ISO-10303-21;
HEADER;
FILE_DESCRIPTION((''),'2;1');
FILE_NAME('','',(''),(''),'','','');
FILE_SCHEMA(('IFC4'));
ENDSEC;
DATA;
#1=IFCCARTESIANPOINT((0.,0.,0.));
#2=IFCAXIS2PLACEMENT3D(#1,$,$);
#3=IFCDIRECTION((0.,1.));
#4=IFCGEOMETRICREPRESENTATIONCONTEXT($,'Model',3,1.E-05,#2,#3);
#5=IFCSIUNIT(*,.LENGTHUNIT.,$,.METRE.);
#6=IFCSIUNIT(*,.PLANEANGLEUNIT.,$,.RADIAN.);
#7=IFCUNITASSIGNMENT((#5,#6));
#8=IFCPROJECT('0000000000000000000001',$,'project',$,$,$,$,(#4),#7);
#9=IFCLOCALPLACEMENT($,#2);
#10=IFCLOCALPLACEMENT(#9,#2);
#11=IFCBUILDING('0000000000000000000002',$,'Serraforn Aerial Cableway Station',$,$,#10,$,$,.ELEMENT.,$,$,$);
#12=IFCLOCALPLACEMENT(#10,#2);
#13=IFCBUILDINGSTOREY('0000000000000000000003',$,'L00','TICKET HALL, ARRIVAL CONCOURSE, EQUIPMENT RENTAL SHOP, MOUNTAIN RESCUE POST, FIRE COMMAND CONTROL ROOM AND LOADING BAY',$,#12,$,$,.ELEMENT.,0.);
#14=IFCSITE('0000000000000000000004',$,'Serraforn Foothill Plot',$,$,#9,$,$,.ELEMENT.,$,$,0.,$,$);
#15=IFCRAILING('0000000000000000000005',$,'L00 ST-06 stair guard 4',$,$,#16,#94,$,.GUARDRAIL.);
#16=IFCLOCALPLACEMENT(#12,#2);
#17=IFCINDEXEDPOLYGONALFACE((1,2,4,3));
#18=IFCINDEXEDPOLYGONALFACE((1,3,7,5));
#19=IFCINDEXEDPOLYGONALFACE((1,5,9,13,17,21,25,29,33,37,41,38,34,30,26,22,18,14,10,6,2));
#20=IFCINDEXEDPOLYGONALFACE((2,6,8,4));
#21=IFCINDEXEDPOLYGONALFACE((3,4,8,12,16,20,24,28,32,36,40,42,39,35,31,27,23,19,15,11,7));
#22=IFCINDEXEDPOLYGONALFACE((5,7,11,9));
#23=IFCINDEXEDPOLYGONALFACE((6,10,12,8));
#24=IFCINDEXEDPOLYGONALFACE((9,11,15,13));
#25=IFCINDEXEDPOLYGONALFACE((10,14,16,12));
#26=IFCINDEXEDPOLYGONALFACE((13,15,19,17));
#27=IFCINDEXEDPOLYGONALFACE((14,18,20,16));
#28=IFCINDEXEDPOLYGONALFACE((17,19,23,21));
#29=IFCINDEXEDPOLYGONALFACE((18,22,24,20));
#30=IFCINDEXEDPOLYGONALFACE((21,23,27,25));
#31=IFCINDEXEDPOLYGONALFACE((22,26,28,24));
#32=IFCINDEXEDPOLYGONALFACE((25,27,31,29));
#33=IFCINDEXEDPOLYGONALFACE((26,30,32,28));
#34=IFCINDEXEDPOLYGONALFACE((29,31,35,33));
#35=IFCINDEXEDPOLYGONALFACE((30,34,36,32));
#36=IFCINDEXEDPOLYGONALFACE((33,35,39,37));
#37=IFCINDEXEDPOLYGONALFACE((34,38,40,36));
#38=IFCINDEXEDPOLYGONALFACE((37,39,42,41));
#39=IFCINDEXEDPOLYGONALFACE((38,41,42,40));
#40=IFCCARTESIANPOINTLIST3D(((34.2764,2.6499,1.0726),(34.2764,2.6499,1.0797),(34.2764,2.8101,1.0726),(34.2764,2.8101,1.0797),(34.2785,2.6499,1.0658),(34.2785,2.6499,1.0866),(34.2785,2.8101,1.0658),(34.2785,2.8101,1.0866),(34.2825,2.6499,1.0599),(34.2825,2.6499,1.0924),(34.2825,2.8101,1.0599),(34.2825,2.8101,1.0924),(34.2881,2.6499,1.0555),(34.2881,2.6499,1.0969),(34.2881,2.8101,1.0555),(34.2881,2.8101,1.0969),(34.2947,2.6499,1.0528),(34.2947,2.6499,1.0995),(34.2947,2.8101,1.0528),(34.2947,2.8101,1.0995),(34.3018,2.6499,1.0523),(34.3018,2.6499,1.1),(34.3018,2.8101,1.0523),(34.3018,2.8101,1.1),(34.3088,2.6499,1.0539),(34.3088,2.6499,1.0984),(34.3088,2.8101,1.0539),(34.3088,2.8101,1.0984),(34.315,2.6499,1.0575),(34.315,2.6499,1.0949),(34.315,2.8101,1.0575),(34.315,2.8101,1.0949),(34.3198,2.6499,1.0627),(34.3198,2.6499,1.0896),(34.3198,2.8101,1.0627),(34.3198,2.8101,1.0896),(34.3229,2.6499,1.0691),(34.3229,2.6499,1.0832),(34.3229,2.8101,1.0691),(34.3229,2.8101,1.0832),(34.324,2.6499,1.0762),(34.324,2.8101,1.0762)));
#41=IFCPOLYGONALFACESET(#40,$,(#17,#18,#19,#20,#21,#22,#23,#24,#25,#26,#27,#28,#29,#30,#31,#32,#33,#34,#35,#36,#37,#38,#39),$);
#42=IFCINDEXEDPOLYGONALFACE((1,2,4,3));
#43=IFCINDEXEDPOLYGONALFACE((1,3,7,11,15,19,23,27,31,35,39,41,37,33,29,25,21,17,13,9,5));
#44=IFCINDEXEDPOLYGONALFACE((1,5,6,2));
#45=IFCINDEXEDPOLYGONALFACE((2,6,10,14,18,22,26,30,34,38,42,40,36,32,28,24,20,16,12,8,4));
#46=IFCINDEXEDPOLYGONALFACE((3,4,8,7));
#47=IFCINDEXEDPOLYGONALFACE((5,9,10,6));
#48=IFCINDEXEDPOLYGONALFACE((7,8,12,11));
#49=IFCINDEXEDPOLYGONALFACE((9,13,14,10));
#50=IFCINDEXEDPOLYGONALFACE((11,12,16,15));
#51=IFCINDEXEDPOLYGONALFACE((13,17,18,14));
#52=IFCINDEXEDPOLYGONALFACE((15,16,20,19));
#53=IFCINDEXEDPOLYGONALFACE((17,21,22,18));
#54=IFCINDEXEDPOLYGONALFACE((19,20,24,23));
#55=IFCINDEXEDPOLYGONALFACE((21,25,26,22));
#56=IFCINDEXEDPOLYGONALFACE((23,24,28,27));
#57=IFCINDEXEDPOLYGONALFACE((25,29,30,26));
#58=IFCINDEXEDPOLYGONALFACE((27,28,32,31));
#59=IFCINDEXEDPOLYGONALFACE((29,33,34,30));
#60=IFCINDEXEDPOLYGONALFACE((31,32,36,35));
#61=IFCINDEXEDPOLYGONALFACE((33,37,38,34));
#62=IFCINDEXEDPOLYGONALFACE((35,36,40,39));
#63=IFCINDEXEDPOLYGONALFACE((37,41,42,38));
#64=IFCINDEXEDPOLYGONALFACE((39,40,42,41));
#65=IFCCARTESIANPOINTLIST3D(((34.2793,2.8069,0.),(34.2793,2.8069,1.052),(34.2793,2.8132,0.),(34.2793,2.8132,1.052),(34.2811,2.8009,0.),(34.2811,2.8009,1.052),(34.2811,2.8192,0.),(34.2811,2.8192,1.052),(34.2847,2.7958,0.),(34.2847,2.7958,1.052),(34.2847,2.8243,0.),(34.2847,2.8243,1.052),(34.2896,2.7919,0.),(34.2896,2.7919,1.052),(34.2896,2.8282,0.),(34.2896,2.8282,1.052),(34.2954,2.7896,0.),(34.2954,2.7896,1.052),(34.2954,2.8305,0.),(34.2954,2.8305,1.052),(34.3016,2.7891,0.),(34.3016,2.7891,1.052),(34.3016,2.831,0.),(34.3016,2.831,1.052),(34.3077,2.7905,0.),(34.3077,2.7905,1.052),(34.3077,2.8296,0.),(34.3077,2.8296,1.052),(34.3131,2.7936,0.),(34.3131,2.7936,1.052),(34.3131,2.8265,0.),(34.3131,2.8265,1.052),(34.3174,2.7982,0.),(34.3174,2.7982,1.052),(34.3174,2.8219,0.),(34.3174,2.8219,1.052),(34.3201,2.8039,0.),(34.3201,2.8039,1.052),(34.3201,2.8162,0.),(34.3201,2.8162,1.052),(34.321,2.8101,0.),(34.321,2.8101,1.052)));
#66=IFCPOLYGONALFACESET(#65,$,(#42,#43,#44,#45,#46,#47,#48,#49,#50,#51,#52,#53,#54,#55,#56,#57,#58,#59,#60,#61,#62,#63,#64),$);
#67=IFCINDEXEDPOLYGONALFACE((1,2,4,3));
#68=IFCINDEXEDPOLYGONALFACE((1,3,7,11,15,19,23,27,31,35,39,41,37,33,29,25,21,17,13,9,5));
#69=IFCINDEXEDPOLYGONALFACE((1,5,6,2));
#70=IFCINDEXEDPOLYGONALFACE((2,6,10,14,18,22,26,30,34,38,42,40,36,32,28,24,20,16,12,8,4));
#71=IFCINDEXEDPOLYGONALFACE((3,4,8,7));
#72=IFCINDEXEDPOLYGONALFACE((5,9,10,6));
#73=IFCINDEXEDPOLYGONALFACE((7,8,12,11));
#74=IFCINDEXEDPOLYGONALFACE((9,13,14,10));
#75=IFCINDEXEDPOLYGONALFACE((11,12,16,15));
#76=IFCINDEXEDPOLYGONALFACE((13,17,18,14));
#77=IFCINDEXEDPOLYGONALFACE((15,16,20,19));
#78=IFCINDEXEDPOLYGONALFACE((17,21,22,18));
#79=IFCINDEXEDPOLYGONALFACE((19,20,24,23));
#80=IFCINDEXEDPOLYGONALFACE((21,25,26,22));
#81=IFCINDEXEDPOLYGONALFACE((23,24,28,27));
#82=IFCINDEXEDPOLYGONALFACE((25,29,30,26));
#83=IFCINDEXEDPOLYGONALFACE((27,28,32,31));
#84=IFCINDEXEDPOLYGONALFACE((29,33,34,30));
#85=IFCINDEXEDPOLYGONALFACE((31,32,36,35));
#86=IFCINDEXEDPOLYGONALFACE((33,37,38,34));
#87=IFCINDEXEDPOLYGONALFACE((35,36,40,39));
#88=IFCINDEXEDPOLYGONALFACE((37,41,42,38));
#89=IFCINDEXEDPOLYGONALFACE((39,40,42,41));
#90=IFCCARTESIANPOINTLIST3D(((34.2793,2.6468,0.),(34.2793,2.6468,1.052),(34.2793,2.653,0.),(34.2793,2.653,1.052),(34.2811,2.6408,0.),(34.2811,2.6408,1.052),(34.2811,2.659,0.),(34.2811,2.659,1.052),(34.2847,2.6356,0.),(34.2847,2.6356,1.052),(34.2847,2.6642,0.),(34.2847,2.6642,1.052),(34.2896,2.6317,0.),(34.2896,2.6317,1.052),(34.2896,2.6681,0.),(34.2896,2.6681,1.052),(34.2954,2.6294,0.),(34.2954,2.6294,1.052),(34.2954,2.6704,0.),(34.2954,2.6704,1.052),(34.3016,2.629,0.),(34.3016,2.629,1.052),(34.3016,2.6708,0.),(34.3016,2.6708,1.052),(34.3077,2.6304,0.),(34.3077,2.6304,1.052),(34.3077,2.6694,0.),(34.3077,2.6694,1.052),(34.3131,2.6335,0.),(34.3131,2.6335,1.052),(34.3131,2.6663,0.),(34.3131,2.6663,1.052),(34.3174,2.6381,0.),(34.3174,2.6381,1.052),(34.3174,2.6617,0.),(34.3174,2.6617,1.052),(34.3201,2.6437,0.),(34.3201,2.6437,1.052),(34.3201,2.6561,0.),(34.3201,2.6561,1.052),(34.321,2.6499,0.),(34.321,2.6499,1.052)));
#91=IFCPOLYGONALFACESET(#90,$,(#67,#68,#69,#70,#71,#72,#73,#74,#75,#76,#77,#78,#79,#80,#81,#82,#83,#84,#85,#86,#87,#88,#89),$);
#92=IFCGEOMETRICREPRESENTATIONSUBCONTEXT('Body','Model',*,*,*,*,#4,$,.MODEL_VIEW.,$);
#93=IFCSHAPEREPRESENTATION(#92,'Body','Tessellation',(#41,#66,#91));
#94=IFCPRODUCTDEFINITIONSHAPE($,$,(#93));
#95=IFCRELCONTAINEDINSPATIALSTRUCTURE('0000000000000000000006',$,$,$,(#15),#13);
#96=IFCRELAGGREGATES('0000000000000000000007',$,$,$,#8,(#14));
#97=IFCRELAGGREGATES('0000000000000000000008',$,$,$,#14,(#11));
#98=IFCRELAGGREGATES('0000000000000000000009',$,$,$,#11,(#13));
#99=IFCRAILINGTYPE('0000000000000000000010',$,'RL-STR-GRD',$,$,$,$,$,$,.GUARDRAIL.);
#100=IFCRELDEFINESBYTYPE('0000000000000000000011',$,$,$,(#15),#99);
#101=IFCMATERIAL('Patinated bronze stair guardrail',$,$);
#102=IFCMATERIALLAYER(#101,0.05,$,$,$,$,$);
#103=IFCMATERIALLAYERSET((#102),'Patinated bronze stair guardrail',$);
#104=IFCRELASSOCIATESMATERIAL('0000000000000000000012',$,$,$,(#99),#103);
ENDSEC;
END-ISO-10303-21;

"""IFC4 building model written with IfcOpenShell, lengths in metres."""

from ifc_helpers import new_model, si_unit, direction, frame, origin, origin_2d, place, context, subcontext, project, spatial, circle, extrude, material, layer, layer_set, type_object, element, save


model = new_model("IFC4")

# Units and contexts
model_context = context("Model", 3, precision=1e-05, world=origin(), true_north=direction((0.0, 1.0)))
body_context = subcontext(model_context, "Body", "Model", "MODEL_VIEW")
ifc_project = project(units=[si_unit("LENGTHUNIT", "METRE"), si_unit("PLANEANGLEUNIT", "RADIAN")], contexts=[model_context])

# Site, building, storey
site_placement = place(None, origin())
site = spatial("IfcSite", under=ifc_project, at=site_placement, Name="Serraforn Foothill Plot", CompositionType="ELEMENT", RefElevation=0.0)
building_placement = place(site_placement, origin())
building = spatial("IfcBuilding", under=site, at=building_placement, Name="Serraforn Aerial Cableway Station", CompositionType="ELEMENT")
storey_placement = place(building_placement, origin())
storey = spatial("IfcBuildingStorey", under=building, at=storey_placement, Name="L00", Description="TICKET HALL, ARRIVAL CONCOURSE, EQUIPMENT RENTAL SHOP, MOUNTAIN RESCUE POST, FIRE COMMAND CONTROL ROOM AND LOADING BAY", CompositionType="ELEMENT", Elevation=0.0)

# Railing
ifc_material_1 = material(Name="Patinated bronze stair guardrail")
ifc_layer_1 = layer(ifc_material_1, 0.05)
ifc_layer_set_1 = layer_set([ifc_layer_1], Name="Patinated bronze stair guardrail")
railing_type_1 = type_object("IfcRailingType", Name="RL-STR-GRD", PredefinedType="GUARDRAIL", material=ifc_layer_set_1)
railing_1_placement = place(storey_placement, frame((34.3, 2.8101, 0.0)))
element("IfcRailing", 1, at=railing_1_placement, inside=storey, type_object=railing_type_1, Name="L00 ST-06 stair guard 4", PredefinedType="GUARDRAIL", context=body_context, shape_type="SweptSolid", body=[
    extrude(circle(Radius=0.0239, at=origin_2d()), frame((0.0, 0.0, 1.0762), z_axis=(0.0, -1.0, 0.0), x_axis=(1.0, 0.0, 0.0)), (0.0, 0.0, 1.0), 0.1602),
    extrude(circle(Radius=0.021, at=origin_2d()), origin(), (0.0, 0.0, 1.0), 1.052),
    extrude(circle(Radius=0.021, at=origin_2d()), frame((0.0, -0.1602, 0.0)), (0.0, 0.0, 1.0), 1.052),
])

save(model, "model.ifc")
